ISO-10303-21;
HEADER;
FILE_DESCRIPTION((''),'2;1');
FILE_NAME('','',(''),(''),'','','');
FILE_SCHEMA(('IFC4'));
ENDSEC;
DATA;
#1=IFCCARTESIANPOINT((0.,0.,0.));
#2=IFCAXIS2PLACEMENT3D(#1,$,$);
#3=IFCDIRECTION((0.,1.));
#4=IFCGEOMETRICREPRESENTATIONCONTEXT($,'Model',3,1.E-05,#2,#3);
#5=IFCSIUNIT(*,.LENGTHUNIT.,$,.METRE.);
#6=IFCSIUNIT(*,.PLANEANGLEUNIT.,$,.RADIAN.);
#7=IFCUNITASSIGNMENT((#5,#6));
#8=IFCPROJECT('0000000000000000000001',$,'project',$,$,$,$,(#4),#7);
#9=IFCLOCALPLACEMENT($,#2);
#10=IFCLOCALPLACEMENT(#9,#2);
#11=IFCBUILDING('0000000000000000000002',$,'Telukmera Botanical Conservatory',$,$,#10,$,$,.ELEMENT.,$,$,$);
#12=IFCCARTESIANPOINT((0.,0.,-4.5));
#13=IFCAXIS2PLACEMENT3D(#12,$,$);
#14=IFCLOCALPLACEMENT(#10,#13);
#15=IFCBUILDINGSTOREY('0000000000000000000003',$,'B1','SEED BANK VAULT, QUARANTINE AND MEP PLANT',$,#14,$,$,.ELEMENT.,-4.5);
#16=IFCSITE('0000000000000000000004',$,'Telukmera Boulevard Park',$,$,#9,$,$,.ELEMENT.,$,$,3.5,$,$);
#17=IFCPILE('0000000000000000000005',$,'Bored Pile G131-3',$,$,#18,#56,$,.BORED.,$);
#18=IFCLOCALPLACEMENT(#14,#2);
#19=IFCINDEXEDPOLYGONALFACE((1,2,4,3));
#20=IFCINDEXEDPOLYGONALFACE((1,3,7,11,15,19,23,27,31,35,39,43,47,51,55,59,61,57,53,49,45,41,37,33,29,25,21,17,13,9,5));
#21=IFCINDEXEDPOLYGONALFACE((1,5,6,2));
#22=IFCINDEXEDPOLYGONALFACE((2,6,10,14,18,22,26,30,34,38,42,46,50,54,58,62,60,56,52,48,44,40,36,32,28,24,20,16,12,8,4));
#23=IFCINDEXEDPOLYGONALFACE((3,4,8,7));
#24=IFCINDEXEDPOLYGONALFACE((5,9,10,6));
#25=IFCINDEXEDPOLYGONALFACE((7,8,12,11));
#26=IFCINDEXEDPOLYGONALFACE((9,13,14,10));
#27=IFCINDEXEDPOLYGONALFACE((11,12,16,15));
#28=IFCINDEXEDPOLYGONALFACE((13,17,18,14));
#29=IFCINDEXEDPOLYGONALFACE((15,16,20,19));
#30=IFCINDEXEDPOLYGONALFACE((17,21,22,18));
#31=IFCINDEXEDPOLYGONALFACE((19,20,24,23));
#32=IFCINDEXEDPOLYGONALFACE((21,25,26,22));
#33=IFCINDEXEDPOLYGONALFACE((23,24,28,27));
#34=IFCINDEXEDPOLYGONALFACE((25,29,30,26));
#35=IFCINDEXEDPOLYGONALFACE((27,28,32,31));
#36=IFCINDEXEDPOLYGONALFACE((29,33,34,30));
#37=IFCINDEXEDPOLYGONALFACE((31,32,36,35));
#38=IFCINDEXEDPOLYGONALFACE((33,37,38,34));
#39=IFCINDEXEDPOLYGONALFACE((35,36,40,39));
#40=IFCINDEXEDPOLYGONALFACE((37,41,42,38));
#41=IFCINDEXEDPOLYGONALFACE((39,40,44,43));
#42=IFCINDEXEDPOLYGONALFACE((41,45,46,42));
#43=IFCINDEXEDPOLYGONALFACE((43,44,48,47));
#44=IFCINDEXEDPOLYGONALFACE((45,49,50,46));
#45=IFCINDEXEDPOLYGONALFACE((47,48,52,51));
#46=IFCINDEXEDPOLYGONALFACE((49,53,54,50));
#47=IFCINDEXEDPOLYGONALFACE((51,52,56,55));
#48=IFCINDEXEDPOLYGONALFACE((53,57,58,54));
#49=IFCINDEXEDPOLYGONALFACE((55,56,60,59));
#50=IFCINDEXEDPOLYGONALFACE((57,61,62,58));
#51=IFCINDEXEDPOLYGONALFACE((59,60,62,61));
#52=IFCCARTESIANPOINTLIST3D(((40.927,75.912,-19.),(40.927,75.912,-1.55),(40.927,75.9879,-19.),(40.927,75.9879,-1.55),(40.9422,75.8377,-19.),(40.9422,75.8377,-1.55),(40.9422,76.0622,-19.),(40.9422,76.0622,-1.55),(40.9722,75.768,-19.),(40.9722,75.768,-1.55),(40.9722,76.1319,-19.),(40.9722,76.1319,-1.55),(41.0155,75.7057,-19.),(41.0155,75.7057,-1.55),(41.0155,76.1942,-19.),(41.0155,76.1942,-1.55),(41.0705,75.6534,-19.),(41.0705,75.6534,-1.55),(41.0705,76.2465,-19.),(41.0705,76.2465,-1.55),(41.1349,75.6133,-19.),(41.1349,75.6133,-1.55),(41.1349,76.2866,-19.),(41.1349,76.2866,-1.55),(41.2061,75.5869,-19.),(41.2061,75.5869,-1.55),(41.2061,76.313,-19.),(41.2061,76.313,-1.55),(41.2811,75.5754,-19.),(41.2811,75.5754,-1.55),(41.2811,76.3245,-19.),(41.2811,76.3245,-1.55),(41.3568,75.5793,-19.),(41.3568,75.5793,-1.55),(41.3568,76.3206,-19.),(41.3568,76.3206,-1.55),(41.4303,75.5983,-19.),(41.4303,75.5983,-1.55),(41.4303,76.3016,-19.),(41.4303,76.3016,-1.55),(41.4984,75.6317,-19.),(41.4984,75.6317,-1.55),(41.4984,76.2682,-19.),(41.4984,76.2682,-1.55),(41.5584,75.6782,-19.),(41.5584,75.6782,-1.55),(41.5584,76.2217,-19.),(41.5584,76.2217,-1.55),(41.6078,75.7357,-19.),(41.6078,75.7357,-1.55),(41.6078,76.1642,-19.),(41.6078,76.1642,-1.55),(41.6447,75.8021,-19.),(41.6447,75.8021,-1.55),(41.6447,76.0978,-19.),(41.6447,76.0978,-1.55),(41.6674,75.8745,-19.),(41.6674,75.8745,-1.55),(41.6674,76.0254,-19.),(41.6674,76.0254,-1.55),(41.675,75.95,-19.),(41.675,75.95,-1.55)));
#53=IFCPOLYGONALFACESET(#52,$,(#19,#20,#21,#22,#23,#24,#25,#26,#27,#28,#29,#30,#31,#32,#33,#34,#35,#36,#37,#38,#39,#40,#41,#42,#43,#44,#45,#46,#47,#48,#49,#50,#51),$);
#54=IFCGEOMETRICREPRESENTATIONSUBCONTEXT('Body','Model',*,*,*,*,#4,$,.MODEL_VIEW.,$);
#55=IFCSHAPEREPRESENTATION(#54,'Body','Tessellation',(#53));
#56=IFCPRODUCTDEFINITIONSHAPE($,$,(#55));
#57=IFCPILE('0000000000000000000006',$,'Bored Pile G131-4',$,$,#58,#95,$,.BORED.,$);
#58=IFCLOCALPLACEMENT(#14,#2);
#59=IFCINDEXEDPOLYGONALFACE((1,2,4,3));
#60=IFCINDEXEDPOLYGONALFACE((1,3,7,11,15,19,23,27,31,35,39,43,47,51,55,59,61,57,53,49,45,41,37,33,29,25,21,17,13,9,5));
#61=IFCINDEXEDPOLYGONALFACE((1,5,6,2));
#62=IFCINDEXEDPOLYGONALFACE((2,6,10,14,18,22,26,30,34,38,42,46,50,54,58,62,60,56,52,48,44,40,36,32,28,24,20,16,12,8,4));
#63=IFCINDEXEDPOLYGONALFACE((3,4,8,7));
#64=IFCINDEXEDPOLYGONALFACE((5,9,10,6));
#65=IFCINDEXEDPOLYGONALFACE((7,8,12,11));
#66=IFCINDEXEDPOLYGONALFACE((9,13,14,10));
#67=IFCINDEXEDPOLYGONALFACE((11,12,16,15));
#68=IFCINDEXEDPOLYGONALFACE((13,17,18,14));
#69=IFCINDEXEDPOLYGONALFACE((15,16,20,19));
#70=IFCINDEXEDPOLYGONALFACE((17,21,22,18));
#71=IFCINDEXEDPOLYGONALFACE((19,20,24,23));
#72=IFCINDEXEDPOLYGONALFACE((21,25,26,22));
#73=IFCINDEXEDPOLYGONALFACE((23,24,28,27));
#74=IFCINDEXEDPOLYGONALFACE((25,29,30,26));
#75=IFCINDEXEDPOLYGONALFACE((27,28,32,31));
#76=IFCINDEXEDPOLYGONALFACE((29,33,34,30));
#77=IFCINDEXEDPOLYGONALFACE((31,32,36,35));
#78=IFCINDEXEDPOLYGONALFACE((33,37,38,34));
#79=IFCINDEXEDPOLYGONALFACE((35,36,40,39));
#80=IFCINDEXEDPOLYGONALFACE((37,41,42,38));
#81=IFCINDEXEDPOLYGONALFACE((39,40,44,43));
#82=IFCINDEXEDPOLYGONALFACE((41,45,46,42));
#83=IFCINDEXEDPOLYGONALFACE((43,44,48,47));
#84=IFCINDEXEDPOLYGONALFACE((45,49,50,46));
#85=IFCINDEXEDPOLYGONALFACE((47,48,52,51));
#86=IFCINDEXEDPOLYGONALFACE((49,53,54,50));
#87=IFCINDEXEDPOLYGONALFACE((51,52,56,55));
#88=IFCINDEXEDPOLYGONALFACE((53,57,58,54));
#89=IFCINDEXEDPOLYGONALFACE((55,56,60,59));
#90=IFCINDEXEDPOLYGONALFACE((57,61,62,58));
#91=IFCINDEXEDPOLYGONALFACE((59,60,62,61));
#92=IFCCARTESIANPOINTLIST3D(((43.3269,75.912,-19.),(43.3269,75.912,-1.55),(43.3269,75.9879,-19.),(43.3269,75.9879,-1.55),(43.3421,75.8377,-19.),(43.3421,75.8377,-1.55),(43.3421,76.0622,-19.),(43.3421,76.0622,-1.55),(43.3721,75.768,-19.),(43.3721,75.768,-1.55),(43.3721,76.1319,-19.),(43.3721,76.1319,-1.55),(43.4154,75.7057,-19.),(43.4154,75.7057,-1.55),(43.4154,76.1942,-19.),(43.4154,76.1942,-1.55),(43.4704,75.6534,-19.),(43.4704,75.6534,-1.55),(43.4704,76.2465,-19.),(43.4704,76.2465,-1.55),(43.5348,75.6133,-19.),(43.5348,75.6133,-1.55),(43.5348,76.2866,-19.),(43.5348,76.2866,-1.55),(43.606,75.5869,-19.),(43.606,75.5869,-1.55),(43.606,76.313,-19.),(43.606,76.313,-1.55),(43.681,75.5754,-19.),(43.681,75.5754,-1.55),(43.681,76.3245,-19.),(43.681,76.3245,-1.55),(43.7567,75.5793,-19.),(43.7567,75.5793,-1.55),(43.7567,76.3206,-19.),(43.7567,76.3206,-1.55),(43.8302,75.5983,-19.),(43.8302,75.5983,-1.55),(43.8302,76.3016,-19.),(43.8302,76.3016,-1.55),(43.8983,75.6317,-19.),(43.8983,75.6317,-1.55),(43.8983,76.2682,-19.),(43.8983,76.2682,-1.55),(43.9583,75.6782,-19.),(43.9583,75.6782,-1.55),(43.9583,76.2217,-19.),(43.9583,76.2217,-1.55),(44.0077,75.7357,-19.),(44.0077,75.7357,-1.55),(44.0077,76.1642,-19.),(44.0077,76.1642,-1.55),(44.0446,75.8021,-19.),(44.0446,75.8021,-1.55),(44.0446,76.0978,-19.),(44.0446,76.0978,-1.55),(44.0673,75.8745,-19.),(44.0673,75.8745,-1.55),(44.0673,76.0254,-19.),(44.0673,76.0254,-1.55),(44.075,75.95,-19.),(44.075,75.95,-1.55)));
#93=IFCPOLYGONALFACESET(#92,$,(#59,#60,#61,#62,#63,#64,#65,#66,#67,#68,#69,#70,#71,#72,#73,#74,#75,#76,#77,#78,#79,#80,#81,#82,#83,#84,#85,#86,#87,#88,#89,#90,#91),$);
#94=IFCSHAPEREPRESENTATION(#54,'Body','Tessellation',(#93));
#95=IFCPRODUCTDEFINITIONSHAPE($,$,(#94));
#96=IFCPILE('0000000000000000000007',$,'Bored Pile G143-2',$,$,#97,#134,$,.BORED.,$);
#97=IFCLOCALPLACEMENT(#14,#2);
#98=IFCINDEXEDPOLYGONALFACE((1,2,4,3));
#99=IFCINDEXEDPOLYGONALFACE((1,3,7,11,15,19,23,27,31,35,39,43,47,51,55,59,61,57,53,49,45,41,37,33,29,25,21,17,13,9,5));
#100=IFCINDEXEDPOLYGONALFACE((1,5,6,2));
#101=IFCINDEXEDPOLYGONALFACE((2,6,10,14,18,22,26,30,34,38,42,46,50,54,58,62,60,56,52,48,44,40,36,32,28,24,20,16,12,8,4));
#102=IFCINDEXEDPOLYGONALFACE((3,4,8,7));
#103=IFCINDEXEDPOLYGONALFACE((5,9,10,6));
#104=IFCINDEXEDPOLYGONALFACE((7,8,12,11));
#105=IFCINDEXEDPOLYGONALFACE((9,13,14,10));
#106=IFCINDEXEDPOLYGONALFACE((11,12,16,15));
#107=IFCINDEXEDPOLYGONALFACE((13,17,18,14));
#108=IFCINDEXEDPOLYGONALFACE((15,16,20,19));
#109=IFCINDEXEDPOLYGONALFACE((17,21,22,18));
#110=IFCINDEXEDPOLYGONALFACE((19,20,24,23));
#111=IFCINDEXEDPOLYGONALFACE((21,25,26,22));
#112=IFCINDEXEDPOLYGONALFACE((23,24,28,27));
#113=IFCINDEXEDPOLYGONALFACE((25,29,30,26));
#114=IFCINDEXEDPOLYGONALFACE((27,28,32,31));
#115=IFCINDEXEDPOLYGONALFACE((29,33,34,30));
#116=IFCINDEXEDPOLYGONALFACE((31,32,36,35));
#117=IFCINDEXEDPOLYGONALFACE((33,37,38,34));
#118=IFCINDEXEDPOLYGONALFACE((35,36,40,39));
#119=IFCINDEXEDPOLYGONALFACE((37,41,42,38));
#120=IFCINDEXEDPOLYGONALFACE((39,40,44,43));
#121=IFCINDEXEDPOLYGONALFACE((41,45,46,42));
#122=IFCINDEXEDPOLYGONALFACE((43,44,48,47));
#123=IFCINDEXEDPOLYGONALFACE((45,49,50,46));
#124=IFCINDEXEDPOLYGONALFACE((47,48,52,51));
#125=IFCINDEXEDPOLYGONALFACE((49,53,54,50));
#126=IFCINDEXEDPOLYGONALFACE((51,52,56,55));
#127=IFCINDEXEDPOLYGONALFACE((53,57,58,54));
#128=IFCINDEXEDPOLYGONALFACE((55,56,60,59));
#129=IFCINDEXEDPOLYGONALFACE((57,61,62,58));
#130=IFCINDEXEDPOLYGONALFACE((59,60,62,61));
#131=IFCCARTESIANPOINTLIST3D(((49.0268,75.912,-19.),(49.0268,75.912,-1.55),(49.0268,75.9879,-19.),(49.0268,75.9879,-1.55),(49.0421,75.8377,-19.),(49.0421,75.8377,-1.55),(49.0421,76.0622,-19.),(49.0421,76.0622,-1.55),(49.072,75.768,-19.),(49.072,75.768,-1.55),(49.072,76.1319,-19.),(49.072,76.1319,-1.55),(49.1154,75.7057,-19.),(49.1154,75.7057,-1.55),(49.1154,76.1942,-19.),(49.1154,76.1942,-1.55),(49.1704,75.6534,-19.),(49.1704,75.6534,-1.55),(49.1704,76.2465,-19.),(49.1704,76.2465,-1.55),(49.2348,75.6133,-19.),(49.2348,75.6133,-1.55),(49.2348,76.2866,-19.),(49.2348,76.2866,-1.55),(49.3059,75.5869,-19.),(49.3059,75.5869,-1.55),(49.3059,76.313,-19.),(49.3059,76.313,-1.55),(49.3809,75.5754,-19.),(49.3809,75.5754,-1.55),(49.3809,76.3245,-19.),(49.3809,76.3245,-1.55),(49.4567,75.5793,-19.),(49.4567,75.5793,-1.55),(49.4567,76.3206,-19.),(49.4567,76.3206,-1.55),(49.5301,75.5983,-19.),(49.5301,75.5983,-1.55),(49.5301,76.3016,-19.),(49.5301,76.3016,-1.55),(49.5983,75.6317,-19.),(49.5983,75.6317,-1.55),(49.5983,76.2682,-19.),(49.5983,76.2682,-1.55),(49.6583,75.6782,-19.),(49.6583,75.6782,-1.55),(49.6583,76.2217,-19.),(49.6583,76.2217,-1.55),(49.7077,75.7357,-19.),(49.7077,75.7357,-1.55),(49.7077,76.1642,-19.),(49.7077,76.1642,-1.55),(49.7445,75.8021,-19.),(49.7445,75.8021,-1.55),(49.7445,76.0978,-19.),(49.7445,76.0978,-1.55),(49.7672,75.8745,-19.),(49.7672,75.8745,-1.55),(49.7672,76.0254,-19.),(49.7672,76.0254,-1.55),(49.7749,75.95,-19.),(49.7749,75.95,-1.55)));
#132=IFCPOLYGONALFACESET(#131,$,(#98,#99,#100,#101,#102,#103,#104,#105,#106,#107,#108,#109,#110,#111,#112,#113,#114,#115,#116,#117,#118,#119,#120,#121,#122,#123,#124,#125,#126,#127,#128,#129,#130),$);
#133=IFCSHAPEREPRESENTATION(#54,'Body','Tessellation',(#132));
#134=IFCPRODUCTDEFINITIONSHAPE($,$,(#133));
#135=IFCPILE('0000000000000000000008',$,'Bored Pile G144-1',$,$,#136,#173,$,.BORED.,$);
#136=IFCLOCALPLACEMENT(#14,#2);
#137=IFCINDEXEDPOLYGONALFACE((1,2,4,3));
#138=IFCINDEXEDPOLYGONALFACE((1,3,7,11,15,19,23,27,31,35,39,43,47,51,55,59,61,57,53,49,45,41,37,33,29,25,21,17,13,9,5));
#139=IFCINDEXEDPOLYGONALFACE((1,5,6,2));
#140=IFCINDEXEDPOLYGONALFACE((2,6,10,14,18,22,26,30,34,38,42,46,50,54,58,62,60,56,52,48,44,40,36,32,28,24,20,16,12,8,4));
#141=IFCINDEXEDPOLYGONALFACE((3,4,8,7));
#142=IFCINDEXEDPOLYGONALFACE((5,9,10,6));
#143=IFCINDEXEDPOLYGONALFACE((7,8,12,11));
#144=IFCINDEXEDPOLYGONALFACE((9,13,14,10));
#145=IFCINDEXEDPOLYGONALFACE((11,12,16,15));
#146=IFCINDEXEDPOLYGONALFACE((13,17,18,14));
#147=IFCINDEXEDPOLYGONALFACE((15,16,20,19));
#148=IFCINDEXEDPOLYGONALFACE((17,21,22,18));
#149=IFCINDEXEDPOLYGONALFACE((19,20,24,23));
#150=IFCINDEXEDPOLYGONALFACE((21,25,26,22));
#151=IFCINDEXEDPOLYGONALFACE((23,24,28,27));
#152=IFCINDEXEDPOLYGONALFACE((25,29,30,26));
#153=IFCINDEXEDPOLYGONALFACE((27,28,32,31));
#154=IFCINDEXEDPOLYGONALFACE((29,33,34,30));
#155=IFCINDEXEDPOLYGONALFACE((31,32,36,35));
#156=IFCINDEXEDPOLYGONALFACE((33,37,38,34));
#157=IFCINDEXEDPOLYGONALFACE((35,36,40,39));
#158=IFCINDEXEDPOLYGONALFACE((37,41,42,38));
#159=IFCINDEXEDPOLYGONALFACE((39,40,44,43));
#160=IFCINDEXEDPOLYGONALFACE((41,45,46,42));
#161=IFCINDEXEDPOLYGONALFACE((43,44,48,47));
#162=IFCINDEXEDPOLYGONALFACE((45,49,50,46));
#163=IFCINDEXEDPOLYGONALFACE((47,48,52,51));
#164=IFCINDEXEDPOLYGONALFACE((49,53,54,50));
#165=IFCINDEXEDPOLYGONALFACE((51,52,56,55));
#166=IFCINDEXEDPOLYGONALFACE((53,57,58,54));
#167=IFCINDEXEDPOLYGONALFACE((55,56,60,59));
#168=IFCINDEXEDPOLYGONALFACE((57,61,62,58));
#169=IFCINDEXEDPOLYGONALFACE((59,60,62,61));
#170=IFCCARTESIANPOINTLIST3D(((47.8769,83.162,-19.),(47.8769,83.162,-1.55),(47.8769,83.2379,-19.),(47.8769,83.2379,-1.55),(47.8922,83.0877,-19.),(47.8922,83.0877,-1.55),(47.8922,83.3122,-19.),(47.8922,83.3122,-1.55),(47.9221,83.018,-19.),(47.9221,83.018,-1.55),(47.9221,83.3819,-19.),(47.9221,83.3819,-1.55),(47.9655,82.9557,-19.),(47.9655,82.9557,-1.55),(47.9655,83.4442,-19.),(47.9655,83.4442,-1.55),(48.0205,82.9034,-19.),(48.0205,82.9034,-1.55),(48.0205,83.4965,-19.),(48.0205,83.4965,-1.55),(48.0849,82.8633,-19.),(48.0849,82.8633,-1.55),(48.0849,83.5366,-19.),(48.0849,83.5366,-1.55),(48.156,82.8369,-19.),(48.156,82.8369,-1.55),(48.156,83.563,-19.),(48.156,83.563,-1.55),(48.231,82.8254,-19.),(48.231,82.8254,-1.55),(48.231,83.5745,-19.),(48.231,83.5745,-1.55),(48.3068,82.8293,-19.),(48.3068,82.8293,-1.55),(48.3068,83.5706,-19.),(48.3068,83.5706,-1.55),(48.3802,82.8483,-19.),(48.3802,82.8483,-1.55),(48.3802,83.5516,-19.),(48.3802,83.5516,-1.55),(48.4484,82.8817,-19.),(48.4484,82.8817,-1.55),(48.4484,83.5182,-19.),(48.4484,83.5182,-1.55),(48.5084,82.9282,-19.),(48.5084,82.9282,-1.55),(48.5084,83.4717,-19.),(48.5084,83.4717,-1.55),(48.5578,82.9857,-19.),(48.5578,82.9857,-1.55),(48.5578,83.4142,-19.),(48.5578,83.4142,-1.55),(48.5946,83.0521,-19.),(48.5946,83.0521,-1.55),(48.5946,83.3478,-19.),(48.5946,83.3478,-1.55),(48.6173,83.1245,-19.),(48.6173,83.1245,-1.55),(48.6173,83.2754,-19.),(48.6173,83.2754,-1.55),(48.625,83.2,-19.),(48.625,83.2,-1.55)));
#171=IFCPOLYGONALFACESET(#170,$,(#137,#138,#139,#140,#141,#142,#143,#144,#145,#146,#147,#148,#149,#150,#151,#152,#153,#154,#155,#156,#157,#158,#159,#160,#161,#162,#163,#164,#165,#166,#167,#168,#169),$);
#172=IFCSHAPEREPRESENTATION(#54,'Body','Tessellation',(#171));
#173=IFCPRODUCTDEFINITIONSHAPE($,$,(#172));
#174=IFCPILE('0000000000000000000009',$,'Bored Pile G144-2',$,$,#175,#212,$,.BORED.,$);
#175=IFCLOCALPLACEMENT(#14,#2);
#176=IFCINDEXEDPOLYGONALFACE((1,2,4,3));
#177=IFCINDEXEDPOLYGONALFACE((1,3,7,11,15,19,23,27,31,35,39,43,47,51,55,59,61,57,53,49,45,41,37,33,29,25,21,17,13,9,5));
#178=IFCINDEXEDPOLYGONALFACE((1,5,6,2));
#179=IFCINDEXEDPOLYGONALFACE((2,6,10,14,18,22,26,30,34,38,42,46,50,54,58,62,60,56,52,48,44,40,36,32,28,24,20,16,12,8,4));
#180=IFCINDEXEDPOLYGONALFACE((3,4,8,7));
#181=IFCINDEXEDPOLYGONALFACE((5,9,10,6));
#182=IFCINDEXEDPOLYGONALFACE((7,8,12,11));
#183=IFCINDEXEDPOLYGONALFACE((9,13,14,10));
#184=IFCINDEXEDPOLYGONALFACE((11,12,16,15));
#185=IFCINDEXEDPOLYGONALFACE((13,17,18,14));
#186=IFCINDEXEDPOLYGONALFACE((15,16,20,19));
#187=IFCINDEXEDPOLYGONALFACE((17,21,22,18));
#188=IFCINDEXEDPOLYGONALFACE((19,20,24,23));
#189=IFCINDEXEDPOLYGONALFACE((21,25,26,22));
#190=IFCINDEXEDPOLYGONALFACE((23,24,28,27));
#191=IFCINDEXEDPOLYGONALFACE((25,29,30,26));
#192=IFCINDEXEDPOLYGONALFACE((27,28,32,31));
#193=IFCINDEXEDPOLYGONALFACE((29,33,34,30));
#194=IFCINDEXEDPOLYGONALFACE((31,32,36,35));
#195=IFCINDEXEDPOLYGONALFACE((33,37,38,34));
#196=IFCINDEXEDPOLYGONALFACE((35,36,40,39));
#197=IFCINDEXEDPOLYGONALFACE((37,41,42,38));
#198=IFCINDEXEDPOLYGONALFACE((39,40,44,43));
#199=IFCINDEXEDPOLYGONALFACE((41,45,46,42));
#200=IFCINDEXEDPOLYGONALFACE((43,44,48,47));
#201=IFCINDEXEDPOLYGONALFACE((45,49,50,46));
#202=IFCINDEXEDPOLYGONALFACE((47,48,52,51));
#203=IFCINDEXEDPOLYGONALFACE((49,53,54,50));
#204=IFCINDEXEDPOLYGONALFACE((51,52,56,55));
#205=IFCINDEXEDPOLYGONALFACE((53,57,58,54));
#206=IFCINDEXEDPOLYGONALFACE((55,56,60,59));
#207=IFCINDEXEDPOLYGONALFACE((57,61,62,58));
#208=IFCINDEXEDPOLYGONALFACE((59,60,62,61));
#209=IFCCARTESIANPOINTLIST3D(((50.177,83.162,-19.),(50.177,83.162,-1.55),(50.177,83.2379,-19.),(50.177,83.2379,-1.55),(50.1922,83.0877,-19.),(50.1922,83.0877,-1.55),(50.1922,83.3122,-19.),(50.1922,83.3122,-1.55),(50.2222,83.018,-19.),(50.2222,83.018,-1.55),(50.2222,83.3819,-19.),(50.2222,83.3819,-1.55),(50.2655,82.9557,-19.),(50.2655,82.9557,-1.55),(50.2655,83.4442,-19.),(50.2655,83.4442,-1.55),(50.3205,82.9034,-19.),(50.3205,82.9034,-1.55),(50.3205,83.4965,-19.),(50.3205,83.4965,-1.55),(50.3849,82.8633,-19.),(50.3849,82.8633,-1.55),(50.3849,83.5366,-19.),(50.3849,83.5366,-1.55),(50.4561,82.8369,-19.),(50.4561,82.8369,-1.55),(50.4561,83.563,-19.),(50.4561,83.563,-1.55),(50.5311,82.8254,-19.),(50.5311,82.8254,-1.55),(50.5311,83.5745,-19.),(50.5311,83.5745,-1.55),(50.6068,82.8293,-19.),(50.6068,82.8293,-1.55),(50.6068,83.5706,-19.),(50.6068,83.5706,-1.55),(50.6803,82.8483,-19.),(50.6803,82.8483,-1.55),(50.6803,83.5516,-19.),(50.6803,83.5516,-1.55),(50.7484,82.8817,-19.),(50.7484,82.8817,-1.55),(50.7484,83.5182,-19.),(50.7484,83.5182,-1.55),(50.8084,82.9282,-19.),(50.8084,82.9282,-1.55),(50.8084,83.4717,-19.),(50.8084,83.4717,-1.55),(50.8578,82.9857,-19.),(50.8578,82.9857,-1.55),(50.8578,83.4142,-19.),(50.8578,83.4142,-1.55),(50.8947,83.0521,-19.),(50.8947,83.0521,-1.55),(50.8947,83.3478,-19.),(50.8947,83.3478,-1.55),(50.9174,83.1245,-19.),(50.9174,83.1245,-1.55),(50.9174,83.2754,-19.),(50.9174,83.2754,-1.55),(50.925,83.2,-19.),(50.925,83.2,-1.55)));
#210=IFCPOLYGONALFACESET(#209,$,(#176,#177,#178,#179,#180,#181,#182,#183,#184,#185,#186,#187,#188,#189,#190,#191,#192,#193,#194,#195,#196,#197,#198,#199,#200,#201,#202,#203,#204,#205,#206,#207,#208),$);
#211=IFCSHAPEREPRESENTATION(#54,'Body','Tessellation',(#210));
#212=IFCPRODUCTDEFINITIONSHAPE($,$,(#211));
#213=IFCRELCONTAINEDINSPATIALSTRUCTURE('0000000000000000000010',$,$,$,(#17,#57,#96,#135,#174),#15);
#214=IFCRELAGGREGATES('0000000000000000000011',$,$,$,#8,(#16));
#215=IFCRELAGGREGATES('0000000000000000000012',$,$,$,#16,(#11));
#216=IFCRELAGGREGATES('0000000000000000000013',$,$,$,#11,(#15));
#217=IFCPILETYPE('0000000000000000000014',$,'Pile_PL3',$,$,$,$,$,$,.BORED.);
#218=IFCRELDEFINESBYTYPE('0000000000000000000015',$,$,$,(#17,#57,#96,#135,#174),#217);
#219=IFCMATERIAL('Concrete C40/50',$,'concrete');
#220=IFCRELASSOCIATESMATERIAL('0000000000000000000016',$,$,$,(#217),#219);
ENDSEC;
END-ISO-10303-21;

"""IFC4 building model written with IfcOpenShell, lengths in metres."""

from ifc_helpers import new_model, si_unit, direction, frame, origin, origin_2d, place, context, subcontext, project, spatial, circle, extrude, material, material_profile, profile_set, type_object, element, save


model = new_model("IFC4")

# Units and contexts
model_context = context("Model", 3, precision=1e-05, world=origin(), true_north=direction((0.0, 1.0)))
body_context = subcontext(model_context, "Body", "Model", "MODEL_VIEW")
ifc_project = project(units=[si_unit("LENGTHUNIT", "METRE"), si_unit("PLANEANGLEUNIT", "RADIAN")], contexts=[model_context])

# Site, building, storey
site_placement = place(None, origin())
site = spatial("IfcSite", under=ifc_project, at=site_placement, Name="Telukmera Boulevard Park", CompositionType="ELEMENT", RefElevation=3.5)
building_placement = place(site_placement, origin())
building = spatial("IfcBuilding", under=site, at=building_placement, Name="Telukmera Botanical Conservatory", CompositionType="ELEMENT")
storey_placement = place(building_placement, frame((0.0, 0.0, -4.5)))
storey = spatial("IfcBuildingStorey", under=building, at=storey_placement, Name="B1", Description="SEED BANK VAULT, QUARANTINE AND MEP PLANT", CompositionType="ELEMENT", Elevation=-4.5)

# Shared definitions
ifc_material_1 = material(Name="Concrete C40/50", Category="concrete")

# Piles
ifc_material_profile_1 = material_profile(ifc_material_1, circle(Radius=0.375, at=origin_2d()), Name="PILE D750")
ifc_profile_set_1 = profile_set([ifc_material_profile_1], Name="Concrete C40/50")
pile_type = type_object("IfcPileType", Name="Pile_PL3", PredefinedType="BORED", material=ifc_profile_set_1)
for number, where, z_axis, x_axis, name in (
    (1, (41.3, 75.95, -1.55), (0.0, 0.0, -1.0), (1.0, 0.0, 0.0), "Bored Pile G131-3"),
    (2, (43.7, 75.95, -1.55), (0.0, 0.0, -1.0), (1.0, 0.0, 0.0), "Bored Pile G131-4"),
    (3, (49.3999, 75.95, -1.55), (0.0, 0.0, -1.0), (1.0, 0.0, 0.0), "Bored Pile G143-2"),
    (4, (48.25, 83.2, -1.55), (0.0, 0.0, -1.0), (1.0, 0.0, 0.0), "Bored Pile G144-1"),
    (5, (50.55, 83.2, -1.55), (0.0, 0.0, -1.0), (1.0, 0.0, 0.0), "Bored Pile G144-2"),
):
    element("IfcPile", number, at=place(storey_placement, frame(where, z_axis=z_axis, x_axis=x_axis)), inside=storey, type_object=pile_type, Name=name, PredefinedType="BORED", context=body_context, shape_type="SweptSolid", body=[
        extrude(circle(Radius=0.375, at=origin_2d()), origin(), (0.0, 0.0, 1.0), 17.45),
    ])

save(model, "model.ifc")
